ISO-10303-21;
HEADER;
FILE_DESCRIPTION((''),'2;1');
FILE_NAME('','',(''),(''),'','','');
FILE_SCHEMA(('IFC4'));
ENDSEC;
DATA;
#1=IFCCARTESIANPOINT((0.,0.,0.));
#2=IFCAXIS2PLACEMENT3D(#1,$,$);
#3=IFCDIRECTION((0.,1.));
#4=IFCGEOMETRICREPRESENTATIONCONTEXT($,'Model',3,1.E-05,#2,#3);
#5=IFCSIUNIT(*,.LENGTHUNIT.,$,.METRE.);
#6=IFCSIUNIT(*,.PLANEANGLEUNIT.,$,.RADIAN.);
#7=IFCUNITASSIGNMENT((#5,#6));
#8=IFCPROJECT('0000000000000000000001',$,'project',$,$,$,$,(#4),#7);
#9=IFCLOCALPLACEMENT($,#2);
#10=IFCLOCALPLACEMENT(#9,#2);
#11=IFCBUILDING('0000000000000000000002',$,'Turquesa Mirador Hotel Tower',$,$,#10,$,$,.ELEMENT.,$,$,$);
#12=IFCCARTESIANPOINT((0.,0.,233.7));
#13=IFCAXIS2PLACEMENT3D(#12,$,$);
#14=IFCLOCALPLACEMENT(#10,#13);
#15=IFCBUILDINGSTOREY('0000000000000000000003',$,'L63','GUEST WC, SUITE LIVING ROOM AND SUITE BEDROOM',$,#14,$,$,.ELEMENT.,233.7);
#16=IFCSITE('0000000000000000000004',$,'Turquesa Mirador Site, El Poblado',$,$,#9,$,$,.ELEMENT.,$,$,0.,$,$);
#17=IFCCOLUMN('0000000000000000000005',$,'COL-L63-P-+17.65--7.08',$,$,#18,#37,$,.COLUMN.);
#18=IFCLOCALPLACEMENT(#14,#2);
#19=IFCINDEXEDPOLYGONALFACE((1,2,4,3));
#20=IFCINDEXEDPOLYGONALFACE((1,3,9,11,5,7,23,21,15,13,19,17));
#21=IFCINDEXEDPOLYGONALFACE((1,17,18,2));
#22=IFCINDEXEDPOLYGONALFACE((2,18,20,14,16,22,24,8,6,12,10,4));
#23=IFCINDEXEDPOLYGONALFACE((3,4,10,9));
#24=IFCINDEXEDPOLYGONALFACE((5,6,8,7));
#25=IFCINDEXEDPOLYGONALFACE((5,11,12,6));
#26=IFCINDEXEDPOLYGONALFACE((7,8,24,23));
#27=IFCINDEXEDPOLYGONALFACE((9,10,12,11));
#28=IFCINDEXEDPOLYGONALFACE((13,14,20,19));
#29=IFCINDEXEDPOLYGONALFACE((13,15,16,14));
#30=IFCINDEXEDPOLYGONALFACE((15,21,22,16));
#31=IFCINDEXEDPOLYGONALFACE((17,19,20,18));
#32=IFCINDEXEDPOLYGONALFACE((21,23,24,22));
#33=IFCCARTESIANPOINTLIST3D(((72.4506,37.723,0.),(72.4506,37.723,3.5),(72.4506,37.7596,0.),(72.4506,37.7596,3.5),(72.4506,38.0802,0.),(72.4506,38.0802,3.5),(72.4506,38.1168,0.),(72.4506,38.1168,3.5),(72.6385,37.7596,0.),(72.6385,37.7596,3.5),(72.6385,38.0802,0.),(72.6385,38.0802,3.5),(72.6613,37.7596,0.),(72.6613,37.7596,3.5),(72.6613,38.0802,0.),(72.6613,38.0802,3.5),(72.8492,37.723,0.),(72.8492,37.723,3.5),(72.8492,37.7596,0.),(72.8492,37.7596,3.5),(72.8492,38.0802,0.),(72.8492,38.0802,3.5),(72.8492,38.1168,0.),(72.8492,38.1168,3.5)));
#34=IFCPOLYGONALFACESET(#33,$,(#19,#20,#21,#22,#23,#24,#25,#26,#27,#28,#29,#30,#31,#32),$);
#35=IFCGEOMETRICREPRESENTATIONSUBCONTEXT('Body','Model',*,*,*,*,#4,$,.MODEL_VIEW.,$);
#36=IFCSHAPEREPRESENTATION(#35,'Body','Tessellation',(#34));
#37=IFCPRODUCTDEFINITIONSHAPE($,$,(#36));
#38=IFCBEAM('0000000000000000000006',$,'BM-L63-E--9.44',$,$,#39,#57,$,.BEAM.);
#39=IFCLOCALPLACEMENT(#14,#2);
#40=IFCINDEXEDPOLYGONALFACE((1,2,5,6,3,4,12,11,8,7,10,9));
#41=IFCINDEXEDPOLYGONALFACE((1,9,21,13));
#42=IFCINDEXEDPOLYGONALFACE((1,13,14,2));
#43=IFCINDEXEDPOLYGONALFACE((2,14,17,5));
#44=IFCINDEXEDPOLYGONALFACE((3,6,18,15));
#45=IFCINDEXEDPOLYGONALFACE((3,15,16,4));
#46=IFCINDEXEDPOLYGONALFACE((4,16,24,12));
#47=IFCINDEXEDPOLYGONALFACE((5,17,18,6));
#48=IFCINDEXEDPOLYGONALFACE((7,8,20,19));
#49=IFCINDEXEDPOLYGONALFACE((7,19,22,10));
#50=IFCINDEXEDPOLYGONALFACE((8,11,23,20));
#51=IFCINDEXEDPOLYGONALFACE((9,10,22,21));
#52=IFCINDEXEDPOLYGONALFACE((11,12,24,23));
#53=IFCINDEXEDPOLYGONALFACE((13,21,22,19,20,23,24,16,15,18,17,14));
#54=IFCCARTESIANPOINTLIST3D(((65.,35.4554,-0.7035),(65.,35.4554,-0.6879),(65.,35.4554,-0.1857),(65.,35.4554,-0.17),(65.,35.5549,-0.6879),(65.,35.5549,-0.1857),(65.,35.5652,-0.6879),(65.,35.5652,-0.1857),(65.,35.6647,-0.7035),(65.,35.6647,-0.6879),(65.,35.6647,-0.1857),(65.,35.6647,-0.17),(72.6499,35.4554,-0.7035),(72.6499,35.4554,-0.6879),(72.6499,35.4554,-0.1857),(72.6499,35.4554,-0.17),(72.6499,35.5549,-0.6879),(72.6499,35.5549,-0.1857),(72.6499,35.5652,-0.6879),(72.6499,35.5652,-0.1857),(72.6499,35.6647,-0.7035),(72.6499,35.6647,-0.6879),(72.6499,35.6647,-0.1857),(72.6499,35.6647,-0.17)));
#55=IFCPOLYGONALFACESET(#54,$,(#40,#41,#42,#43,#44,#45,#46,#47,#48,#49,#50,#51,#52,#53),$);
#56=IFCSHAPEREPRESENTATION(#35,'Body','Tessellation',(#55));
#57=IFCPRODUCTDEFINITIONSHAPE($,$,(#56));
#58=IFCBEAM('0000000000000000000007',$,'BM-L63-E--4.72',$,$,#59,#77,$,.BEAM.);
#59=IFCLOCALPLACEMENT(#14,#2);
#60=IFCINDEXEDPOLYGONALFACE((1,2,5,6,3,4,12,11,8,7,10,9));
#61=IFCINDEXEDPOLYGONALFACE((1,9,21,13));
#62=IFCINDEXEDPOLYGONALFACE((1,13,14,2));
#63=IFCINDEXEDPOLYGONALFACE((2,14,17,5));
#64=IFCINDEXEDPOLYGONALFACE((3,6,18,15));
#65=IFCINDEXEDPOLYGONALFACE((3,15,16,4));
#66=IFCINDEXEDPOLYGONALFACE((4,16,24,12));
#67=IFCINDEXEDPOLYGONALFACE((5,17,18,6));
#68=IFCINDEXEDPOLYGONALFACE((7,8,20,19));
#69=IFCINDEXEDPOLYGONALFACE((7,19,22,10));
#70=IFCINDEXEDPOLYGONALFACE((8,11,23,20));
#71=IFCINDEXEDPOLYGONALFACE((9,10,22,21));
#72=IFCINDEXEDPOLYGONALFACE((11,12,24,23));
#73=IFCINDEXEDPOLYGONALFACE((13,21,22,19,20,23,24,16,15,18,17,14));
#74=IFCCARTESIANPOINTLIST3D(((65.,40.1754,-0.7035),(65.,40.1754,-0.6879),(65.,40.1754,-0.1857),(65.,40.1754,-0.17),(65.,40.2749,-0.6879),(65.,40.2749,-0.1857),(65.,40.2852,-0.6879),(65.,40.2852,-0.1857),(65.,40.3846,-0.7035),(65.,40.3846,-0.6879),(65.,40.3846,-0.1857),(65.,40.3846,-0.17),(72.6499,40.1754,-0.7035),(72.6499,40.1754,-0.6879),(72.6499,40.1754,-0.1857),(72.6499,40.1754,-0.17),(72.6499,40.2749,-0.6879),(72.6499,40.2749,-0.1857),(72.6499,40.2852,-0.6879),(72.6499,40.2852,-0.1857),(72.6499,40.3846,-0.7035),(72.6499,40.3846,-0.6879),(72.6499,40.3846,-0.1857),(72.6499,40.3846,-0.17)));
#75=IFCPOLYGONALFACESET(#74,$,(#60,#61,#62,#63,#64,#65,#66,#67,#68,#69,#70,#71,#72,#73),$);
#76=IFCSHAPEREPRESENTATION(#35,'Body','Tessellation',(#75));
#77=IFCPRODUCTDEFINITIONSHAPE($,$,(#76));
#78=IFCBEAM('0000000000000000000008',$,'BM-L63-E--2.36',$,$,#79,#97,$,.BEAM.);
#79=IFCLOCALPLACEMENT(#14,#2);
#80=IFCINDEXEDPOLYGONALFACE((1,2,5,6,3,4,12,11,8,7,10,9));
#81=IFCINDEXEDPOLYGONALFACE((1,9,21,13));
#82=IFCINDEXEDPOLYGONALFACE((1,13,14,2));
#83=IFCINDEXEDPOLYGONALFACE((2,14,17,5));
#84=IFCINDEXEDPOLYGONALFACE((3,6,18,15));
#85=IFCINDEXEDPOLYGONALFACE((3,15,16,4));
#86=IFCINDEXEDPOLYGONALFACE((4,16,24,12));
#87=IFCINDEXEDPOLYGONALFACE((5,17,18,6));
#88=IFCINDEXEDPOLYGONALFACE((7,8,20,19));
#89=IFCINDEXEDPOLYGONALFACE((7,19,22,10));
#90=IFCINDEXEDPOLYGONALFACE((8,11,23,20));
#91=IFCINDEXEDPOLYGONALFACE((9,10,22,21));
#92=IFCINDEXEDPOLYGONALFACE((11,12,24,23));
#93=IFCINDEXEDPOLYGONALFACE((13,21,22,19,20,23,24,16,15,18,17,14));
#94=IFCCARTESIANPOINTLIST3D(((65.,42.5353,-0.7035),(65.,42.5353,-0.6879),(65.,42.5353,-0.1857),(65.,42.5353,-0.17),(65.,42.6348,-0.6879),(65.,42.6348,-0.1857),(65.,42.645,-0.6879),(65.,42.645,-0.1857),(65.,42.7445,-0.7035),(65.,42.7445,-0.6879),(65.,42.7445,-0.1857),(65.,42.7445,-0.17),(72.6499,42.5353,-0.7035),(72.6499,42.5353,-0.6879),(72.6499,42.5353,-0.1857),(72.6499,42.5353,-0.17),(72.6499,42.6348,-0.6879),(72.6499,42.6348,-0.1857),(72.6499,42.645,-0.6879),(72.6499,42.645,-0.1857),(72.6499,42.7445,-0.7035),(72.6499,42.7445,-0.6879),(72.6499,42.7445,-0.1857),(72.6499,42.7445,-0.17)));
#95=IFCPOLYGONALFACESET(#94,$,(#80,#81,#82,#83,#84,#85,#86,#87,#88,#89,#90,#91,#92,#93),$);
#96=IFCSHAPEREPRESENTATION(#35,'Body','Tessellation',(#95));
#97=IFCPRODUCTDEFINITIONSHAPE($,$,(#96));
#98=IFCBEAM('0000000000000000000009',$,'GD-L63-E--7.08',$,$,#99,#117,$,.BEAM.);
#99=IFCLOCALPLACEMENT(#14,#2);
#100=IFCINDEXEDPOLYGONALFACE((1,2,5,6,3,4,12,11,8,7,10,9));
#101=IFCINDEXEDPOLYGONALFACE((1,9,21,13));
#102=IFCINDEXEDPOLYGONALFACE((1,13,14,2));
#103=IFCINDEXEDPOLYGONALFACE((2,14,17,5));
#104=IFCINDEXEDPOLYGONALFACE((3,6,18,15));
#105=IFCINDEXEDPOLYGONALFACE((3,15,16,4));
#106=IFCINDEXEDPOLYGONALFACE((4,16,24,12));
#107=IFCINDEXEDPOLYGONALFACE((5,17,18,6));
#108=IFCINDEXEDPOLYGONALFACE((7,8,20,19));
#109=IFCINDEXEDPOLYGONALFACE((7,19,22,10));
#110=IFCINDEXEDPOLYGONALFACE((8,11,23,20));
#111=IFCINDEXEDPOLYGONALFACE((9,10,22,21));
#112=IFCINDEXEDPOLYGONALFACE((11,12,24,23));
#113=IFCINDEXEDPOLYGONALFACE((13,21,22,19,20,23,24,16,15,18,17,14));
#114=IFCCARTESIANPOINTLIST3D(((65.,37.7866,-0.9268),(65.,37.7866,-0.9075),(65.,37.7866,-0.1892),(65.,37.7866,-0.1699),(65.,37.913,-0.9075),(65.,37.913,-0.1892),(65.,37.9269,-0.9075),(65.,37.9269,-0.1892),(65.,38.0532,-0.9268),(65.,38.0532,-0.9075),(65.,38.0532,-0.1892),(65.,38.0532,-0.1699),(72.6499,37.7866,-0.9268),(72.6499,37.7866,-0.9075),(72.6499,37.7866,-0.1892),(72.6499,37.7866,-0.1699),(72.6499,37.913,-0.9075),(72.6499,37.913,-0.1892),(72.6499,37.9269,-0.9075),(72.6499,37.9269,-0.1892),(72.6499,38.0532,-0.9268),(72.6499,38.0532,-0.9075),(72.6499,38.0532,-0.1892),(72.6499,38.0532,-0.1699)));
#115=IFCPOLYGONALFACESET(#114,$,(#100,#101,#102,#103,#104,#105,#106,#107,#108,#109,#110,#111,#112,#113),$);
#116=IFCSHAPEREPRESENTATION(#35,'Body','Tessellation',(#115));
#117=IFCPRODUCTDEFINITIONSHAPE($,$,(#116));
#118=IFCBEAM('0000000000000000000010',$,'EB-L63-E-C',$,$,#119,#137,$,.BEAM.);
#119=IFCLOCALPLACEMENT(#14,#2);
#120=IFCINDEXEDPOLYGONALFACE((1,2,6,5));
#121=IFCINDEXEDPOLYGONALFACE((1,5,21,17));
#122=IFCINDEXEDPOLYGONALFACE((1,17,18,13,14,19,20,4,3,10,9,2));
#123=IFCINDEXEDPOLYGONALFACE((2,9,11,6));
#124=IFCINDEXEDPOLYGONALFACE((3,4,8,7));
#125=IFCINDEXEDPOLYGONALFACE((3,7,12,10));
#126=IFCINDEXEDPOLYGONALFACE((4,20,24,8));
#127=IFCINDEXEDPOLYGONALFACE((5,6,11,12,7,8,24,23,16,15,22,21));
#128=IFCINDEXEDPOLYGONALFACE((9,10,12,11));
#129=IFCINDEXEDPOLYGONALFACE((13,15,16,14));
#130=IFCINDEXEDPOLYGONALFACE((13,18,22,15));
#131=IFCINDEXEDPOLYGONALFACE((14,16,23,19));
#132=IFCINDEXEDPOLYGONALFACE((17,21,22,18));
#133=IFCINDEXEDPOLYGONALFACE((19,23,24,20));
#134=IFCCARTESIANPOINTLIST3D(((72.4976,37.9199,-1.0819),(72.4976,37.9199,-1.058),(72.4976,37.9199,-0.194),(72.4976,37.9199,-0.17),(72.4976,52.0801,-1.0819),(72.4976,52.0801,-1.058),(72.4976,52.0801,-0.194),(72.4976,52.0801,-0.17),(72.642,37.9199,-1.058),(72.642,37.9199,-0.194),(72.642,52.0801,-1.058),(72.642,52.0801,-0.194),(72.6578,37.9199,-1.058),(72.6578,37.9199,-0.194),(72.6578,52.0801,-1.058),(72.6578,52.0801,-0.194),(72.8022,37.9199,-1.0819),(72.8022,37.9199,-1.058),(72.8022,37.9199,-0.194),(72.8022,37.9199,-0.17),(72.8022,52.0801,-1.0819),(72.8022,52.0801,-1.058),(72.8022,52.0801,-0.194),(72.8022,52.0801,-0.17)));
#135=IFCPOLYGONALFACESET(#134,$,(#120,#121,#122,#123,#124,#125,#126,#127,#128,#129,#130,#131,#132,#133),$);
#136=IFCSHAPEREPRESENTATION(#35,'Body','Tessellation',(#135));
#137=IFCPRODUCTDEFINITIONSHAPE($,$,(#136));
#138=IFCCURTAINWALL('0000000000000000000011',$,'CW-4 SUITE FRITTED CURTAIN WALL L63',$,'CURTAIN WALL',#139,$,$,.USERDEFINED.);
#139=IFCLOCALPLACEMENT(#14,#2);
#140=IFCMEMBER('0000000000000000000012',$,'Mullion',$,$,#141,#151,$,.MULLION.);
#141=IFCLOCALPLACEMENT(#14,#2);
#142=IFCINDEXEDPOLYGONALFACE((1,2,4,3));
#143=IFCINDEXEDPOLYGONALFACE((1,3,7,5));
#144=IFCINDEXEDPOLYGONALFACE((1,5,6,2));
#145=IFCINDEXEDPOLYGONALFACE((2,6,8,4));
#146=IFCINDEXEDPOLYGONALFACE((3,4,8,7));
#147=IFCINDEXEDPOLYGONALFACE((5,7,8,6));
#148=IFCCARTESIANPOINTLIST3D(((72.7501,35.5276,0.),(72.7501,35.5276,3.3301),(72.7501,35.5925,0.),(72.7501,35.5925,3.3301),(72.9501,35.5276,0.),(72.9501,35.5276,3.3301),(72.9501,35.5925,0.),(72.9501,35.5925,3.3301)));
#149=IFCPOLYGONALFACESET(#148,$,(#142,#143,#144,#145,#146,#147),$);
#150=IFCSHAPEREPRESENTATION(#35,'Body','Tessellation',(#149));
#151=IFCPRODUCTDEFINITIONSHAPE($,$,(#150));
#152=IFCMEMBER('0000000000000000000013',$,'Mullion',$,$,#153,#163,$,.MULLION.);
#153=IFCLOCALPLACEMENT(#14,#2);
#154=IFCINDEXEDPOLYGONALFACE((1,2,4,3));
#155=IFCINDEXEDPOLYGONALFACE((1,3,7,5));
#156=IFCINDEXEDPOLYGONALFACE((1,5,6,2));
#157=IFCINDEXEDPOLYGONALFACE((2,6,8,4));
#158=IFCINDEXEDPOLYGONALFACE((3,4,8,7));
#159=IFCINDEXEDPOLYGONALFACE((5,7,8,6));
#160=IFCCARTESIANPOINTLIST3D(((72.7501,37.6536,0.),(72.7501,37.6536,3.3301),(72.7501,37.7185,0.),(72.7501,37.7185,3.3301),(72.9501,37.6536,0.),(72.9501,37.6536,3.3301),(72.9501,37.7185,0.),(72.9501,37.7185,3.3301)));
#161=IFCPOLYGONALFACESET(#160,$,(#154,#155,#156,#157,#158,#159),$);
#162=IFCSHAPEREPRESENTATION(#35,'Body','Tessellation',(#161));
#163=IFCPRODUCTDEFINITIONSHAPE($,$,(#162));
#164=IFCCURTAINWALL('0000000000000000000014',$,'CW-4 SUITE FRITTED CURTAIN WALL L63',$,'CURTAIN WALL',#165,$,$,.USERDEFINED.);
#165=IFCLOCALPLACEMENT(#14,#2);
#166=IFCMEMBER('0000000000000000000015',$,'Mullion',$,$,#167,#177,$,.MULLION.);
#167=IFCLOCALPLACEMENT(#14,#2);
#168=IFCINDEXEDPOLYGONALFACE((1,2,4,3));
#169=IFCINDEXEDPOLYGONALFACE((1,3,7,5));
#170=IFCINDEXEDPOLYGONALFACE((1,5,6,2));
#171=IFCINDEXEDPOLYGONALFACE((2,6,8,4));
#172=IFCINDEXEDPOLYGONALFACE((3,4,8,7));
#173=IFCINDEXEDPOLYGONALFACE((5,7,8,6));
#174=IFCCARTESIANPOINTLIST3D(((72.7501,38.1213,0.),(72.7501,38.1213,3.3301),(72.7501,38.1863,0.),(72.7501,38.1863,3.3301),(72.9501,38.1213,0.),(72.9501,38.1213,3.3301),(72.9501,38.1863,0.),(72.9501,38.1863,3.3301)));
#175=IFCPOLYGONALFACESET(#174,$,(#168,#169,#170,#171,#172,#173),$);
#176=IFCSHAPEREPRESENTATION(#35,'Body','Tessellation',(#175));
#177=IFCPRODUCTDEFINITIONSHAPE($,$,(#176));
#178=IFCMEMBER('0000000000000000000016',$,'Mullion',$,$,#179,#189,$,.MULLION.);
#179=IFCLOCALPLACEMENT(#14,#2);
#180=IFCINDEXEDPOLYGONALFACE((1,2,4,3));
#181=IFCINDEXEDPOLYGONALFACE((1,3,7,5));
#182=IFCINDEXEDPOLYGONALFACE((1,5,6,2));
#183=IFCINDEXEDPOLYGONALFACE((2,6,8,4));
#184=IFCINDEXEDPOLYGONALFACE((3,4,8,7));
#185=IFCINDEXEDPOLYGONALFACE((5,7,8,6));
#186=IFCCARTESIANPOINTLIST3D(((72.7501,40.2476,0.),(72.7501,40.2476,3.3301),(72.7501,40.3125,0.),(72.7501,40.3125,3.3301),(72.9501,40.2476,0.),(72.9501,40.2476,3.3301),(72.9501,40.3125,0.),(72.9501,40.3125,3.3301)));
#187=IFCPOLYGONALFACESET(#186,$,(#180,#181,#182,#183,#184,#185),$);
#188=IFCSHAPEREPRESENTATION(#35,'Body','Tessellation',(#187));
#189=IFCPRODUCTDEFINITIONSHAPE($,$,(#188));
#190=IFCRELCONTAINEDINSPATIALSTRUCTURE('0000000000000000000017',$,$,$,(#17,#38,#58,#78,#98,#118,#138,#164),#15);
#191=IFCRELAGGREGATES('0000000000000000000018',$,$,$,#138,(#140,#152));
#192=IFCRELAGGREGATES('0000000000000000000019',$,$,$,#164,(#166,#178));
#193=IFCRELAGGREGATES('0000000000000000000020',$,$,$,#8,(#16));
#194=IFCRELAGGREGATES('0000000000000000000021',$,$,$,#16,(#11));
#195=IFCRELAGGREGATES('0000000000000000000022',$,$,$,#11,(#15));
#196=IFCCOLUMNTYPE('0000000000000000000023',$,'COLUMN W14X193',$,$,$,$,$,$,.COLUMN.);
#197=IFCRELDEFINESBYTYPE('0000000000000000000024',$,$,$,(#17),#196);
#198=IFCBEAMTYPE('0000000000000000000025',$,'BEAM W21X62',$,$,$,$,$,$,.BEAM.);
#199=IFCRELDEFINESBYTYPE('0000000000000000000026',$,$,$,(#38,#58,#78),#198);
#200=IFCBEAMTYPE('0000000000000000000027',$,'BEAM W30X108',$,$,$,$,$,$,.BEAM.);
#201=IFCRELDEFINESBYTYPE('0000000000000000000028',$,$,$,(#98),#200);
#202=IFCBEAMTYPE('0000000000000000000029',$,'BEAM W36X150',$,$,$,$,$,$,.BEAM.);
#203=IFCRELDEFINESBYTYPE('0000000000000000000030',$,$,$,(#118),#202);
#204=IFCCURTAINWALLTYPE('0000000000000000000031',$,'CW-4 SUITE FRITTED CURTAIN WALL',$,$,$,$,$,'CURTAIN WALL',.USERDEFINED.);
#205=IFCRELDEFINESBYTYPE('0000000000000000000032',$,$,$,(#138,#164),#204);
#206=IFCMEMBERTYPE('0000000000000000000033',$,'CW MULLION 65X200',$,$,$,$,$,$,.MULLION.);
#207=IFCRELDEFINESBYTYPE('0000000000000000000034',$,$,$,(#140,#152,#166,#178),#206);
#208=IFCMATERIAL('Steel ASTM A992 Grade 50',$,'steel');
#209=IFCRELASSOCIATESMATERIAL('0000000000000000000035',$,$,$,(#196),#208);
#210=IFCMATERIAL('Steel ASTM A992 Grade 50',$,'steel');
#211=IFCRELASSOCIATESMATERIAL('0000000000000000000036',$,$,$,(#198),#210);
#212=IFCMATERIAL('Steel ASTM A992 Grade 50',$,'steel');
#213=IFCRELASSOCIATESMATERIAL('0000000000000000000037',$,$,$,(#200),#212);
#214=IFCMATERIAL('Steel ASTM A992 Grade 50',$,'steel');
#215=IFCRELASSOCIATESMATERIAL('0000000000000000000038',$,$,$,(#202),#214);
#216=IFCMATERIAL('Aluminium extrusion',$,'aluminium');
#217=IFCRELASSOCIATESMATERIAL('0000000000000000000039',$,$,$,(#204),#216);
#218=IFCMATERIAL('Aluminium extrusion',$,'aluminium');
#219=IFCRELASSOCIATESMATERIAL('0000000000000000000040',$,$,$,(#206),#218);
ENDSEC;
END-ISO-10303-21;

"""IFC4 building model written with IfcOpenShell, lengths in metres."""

from ifc_helpers import new_model, si_unit, direction, frame, origin, origin_2d, place, context, subcontext, project, spatial, rectangle, i_section, extrude, material, material_profile, profile_set, type_object, element, aggregate, save


model = new_model("IFC4")

# Units and contexts
model_context = context("Model", 3, precision=1e-05, world=origin(), true_north=direction((0.0, 1.0)))
body_context = subcontext(model_context, "Body", "Model", "MODEL_VIEW")
ifc_project = project(units=[si_unit("LENGTHUNIT", "METRE"), si_unit("PLANEANGLEUNIT", "RADIAN")], contexts=[model_context])

# Site, building, storey
site_placement = place(None, origin())
site = spatial("IfcSite", under=ifc_project, at=site_placement, Name="Turquesa Mirador Site, El Poblado", CompositionType="ELEMENT", RefElevation=0.0)
building_placement = place(site_placement, origin())
building = spatial("IfcBuilding", under=site, at=building_placement, Name="Turquesa Mirador Hotel Tower", CompositionType="ELEMENT")
storey_placement = place(building_placement, frame((0.0, 0.0, 233.7)))
storey = spatial("IfcBuildingStorey", under=building, at=storey_placement, Name="L63", Description="GUEST WC, SUITE LIVING ROOM AND SUITE BEDROOM", CompositionType="ELEMENT", Elevation=233.7)

# Column
ifc_material_1 = material(Name="Steel ASTM A992 Grade 50", Category="steel")
ifc_material_profile_1 = material_profile(ifc_material_1, i_section(OverallWidth=0.3987, OverallDepth=0.3938, WebThickness=0.0227, FlangeThickness=0.0366, at=origin_2d()), Name="W14X193")
ifc_profile_set_1 = profile_set([ifc_material_profile_1], Name="Steel ASTM A992 Grade 50")
column_type = type_object("IfcColumnType", Name="COLUMN W14X193", PredefinedType="COLUMN", material=ifc_profile_set_1)
column_placement = place(storey_placement, frame((72.6499, 37.9199, 0.0), z_axis=(0.0, 0.0, 1.0), x_axis=(1.0, 0.0, 0.0)))
element("IfcColumn", 1, at=column_placement, inside=storey, type_object=column_type, Name="COL-L63-P-+17.65--7.08", PredefinedType="COLUMN", context=body_context, shape_type="SweptSolid", body=[
    extrude(i_section(OverallWidth=0.3987, OverallDepth=0.3938, WebThickness=0.0227, FlangeThickness=0.0366, at=origin_2d()), origin(), (0.0, 0.0, 1.0), 3.5),
])

# Beams
ifc_material_2 = material(Name="Steel ASTM A992 Grade 50", Category="steel")
ifc_material_profile_2 = material_profile(ifc_material_2, i_section(OverallWidth=0.2092, OverallDepth=0.5334, WebThickness=0.0103, FlangeThickness=0.0156, at=origin_2d()), Name="W21X62")
ifc_profile_set_2 = profile_set([ifc_material_profile_2], Name="Steel ASTM A992 Grade 50")
beam_type_1 = type_object("IfcBeamType", Name="BEAM W21X62", PredefinedType="BEAM", material=ifc_profile_set_2)
for number, where, z_axis, x_axis, name in (
    (2, (72.6499, 35.5601, -0.4368), (-1.0, 0.0, 0.0), (0.0, -1.0, 0.0), "BM-L63-E--9.44"),
    (3, (72.6499, 40.28, -0.4368), (-1.0, 0.0, 0.0), (0.0, -1.0, 0.0), "BM-L63-E--4.72"),
    (4, (72.6499, 42.6399, -0.4368), (-1.0, 0.0, 0.0), (0.0, -1.0, 0.0), "BM-L63-E--2.36"),
):
    element("IfcBeam", number, at=place(storey_placement, frame(where, z_axis=z_axis, x_axis=x_axis)), inside=storey, type_object=beam_type_1, Name=name, PredefinedType="BEAM", context=body_context, shape_type="SweptSolid", body=[
        extrude(i_section(OverallWidth=0.2092, OverallDepth=0.5334, WebThickness=0.0103, FlangeThickness=0.0156, at=origin_2d()), origin(), (0.0, 0.0, 1.0), 7.6499),
    ])
ifc_material_3 = material(Name="Steel ASTM A992 Grade 50", Category="steel")
ifc_material_profile_3 = material_profile(ifc_material_3, i_section(OverallWidth=0.2666, OverallDepth=0.7568, WebThickness=0.0139, FlangeThickness=0.0193, at=origin_2d()), Name="W30X108")
ifc_profile_set_3 = profile_set([ifc_material_profile_3], Name="Steel ASTM A992 Grade 50")
beam_type_2 = type_object("IfcBeamType", Name="BEAM W30X108", PredefinedType="BEAM", material=ifc_profile_set_3)
beam_1_placement = place(storey_placement, frame((72.6499, 37.9199, -0.5483), z_axis=(-1.0, 0.0, 0.0), x_axis=(0.0, -1.0, 0.0)))
element("IfcBeam", 5, at=beam_1_placement, inside=storey, type_object=beam_type_2, Name="GD-L63-E--7.08", PredefinedType="BEAM", context=body_context, shape_type="SweptSolid", body=[
    extrude(i_section(OverallWidth=0.2666, OverallDepth=0.7568, WebThickness=0.0139, FlangeThickness=0.0193, at=origin_2d()), origin(), (0.0, 0.0, 1.0), 7.6499),
])
ifc_material_4 = material(Name="Steel ASTM A992 Grade 50", Category="steel")
ifc_material_profile_4 = material_profile(ifc_material_4, i_section(OverallWidth=0.3047, OverallDepth=0.9119, WebThickness=0.0159, FlangeThickness=0.0239, at=origin_2d()), Name="W36X150")
ifc_profile_set_4 = profile_set([ifc_material_profile_4], Name="Steel ASTM A992 Grade 50")
beam_type_3 = type_object("IfcBeamType", Name="BEAM W36X150", PredefinedType="BEAM", material=ifc_profile_set_4)
beam_2_placement = place(storey_placement, frame((72.6499, 37.9199, -0.626), z_axis=(0.0, 1.0, 0.0), x_axis=(-1.0, 0.0, 0.0)))
element("IfcBeam", 6, at=beam_2_placement, inside=storey, type_object=beam_type_3, Name="EB-L63-E-C", PredefinedType="BEAM", context=body_context, shape_type="SweptSolid", body=[
    extrude(i_section(OverallWidth=0.3047, OverallDepth=0.9119, WebThickness=0.0159, FlangeThickness=0.0239, at=origin_2d()), origin(), (0.0, 0.0, 1.0), 14.1602),
])

# Curtain walls, members
ifc_material_5 = material(Name="Aluminium extrusion", Category="aluminium")
curtain_wall_type = type_object("IfcCurtainWallType", Name="CW-4 SUITE FRITTED CURTAIN WALL", ElementType="CURTAIN WALL", PredefinedType="USERDEFINED", material=ifc_material_5)
curtain_wall_1_placement = place(storey_placement, origin())
curtain_wall_1 = element("IfcCurtainWall", 7, at=curtain_wall_1_placement, inside=storey, type_object=curtain_wall_type, Name="CW-4 SUITE FRITTED CURTAIN WALL L63", ObjectType="CURTAIN WALL", PredefinedType="USERDEFINED")
ifc_material_6 = material(Name="Aluminium extrusion", Category="aluminium")
ifc_material_profile_5 = material_profile(ifc_material_6, rectangle(XDim=0.0649, YDim=0.2, at=origin_2d()), Name="MULLION 65X200")
ifc_profile_set_5 = profile_set([ifc_material_profile_5], Name="Aluminium extrusion")
member_type_1 = type_object("IfcMemberType", Name="CW MULLION 65X200", PredefinedType="MULLION", material=ifc_profile_set_5)
member_1_placement = place(storey_placement, frame((72.8501, 35.5601, 0.0), z_axis=(0.0, 0.0, 1.0), x_axis=(0.0, 1.0, 0.0)))
member_1 = element("IfcMember", 8, at=member_1_placement, type_object=member_type_1, Name="Mullion", PredefinedType="MULLION", context=body_context, shape_type="SweptSolid", body=[
    extrude(rectangle(XDim=0.0649, YDim=0.2, at=origin_2d()), origin(), (0.0, 0.0, 1.0), 3.3301),
])
member_2_placement = place(storey_placement, frame((72.8501, 37.686, 0.0), z_axis=(0.0, 0.0, 1.0), x_axis=(0.0, 1.0, 0.0)))
member_2 = element("IfcMember", 9, at=member_2_placement, type_object=member_type_1, Name="Mullion", PredefinedType="MULLION", context=body_context, shape_type="SweptSolid", body=[
    extrude(rectangle(XDim=0.0649, YDim=0.2, at=origin_2d()), origin(), (0.0, 0.0, 1.0), 3.3301),
])
curtain_wall_2_placement = place(storey_placement, origin())
curtain_wall_2 = element("IfcCurtainWall", 10, at=curtain_wall_2_placement, inside=storey, type_object=curtain_wall_type, Name="CW-4 SUITE FRITTED CURTAIN WALL L63", ObjectType="CURTAIN WALL", PredefinedType="USERDEFINED")
member_3_placement = place(storey_placement, frame((72.8501, 38.1538, 0.0), z_axis=(0.0, 0.0, 1.0), x_axis=(0.0, 1.0, 0.0)))
member_3 = element("IfcMember", 11, at=member_3_placement, type_object=member_type_1, Name="Mullion", PredefinedType="MULLION", context=body_context, shape_type="SweptSolid", body=[
    extrude(rectangle(XDim=0.0649, YDim=0.2, at=origin_2d()), origin(), (0.0, 0.0, 1.0), 3.3301),
])
member_4_placement = place(storey_placement, frame((72.8501, 40.28, 0.0), z_axis=(0.0, 0.0, 1.0), x_axis=(0.0, 1.0, 0.0)))
member_4 = element("IfcMember", 12, at=member_4_placement, type_object=member_type_1, Name="Mullion", PredefinedType="MULLION", context=body_context, shape_type="SweptSolid", body=[
    extrude(rectangle(XDim=0.0649, YDim=0.2, at=origin_2d()), origin(), (0.0, 0.0, 1.0), 3.3301),
])

aggregate(curtain_wall_1, [member_1, member_2])
aggregate(curtain_wall_2, [member_3, member_4])

save(model, "model.ifc")
